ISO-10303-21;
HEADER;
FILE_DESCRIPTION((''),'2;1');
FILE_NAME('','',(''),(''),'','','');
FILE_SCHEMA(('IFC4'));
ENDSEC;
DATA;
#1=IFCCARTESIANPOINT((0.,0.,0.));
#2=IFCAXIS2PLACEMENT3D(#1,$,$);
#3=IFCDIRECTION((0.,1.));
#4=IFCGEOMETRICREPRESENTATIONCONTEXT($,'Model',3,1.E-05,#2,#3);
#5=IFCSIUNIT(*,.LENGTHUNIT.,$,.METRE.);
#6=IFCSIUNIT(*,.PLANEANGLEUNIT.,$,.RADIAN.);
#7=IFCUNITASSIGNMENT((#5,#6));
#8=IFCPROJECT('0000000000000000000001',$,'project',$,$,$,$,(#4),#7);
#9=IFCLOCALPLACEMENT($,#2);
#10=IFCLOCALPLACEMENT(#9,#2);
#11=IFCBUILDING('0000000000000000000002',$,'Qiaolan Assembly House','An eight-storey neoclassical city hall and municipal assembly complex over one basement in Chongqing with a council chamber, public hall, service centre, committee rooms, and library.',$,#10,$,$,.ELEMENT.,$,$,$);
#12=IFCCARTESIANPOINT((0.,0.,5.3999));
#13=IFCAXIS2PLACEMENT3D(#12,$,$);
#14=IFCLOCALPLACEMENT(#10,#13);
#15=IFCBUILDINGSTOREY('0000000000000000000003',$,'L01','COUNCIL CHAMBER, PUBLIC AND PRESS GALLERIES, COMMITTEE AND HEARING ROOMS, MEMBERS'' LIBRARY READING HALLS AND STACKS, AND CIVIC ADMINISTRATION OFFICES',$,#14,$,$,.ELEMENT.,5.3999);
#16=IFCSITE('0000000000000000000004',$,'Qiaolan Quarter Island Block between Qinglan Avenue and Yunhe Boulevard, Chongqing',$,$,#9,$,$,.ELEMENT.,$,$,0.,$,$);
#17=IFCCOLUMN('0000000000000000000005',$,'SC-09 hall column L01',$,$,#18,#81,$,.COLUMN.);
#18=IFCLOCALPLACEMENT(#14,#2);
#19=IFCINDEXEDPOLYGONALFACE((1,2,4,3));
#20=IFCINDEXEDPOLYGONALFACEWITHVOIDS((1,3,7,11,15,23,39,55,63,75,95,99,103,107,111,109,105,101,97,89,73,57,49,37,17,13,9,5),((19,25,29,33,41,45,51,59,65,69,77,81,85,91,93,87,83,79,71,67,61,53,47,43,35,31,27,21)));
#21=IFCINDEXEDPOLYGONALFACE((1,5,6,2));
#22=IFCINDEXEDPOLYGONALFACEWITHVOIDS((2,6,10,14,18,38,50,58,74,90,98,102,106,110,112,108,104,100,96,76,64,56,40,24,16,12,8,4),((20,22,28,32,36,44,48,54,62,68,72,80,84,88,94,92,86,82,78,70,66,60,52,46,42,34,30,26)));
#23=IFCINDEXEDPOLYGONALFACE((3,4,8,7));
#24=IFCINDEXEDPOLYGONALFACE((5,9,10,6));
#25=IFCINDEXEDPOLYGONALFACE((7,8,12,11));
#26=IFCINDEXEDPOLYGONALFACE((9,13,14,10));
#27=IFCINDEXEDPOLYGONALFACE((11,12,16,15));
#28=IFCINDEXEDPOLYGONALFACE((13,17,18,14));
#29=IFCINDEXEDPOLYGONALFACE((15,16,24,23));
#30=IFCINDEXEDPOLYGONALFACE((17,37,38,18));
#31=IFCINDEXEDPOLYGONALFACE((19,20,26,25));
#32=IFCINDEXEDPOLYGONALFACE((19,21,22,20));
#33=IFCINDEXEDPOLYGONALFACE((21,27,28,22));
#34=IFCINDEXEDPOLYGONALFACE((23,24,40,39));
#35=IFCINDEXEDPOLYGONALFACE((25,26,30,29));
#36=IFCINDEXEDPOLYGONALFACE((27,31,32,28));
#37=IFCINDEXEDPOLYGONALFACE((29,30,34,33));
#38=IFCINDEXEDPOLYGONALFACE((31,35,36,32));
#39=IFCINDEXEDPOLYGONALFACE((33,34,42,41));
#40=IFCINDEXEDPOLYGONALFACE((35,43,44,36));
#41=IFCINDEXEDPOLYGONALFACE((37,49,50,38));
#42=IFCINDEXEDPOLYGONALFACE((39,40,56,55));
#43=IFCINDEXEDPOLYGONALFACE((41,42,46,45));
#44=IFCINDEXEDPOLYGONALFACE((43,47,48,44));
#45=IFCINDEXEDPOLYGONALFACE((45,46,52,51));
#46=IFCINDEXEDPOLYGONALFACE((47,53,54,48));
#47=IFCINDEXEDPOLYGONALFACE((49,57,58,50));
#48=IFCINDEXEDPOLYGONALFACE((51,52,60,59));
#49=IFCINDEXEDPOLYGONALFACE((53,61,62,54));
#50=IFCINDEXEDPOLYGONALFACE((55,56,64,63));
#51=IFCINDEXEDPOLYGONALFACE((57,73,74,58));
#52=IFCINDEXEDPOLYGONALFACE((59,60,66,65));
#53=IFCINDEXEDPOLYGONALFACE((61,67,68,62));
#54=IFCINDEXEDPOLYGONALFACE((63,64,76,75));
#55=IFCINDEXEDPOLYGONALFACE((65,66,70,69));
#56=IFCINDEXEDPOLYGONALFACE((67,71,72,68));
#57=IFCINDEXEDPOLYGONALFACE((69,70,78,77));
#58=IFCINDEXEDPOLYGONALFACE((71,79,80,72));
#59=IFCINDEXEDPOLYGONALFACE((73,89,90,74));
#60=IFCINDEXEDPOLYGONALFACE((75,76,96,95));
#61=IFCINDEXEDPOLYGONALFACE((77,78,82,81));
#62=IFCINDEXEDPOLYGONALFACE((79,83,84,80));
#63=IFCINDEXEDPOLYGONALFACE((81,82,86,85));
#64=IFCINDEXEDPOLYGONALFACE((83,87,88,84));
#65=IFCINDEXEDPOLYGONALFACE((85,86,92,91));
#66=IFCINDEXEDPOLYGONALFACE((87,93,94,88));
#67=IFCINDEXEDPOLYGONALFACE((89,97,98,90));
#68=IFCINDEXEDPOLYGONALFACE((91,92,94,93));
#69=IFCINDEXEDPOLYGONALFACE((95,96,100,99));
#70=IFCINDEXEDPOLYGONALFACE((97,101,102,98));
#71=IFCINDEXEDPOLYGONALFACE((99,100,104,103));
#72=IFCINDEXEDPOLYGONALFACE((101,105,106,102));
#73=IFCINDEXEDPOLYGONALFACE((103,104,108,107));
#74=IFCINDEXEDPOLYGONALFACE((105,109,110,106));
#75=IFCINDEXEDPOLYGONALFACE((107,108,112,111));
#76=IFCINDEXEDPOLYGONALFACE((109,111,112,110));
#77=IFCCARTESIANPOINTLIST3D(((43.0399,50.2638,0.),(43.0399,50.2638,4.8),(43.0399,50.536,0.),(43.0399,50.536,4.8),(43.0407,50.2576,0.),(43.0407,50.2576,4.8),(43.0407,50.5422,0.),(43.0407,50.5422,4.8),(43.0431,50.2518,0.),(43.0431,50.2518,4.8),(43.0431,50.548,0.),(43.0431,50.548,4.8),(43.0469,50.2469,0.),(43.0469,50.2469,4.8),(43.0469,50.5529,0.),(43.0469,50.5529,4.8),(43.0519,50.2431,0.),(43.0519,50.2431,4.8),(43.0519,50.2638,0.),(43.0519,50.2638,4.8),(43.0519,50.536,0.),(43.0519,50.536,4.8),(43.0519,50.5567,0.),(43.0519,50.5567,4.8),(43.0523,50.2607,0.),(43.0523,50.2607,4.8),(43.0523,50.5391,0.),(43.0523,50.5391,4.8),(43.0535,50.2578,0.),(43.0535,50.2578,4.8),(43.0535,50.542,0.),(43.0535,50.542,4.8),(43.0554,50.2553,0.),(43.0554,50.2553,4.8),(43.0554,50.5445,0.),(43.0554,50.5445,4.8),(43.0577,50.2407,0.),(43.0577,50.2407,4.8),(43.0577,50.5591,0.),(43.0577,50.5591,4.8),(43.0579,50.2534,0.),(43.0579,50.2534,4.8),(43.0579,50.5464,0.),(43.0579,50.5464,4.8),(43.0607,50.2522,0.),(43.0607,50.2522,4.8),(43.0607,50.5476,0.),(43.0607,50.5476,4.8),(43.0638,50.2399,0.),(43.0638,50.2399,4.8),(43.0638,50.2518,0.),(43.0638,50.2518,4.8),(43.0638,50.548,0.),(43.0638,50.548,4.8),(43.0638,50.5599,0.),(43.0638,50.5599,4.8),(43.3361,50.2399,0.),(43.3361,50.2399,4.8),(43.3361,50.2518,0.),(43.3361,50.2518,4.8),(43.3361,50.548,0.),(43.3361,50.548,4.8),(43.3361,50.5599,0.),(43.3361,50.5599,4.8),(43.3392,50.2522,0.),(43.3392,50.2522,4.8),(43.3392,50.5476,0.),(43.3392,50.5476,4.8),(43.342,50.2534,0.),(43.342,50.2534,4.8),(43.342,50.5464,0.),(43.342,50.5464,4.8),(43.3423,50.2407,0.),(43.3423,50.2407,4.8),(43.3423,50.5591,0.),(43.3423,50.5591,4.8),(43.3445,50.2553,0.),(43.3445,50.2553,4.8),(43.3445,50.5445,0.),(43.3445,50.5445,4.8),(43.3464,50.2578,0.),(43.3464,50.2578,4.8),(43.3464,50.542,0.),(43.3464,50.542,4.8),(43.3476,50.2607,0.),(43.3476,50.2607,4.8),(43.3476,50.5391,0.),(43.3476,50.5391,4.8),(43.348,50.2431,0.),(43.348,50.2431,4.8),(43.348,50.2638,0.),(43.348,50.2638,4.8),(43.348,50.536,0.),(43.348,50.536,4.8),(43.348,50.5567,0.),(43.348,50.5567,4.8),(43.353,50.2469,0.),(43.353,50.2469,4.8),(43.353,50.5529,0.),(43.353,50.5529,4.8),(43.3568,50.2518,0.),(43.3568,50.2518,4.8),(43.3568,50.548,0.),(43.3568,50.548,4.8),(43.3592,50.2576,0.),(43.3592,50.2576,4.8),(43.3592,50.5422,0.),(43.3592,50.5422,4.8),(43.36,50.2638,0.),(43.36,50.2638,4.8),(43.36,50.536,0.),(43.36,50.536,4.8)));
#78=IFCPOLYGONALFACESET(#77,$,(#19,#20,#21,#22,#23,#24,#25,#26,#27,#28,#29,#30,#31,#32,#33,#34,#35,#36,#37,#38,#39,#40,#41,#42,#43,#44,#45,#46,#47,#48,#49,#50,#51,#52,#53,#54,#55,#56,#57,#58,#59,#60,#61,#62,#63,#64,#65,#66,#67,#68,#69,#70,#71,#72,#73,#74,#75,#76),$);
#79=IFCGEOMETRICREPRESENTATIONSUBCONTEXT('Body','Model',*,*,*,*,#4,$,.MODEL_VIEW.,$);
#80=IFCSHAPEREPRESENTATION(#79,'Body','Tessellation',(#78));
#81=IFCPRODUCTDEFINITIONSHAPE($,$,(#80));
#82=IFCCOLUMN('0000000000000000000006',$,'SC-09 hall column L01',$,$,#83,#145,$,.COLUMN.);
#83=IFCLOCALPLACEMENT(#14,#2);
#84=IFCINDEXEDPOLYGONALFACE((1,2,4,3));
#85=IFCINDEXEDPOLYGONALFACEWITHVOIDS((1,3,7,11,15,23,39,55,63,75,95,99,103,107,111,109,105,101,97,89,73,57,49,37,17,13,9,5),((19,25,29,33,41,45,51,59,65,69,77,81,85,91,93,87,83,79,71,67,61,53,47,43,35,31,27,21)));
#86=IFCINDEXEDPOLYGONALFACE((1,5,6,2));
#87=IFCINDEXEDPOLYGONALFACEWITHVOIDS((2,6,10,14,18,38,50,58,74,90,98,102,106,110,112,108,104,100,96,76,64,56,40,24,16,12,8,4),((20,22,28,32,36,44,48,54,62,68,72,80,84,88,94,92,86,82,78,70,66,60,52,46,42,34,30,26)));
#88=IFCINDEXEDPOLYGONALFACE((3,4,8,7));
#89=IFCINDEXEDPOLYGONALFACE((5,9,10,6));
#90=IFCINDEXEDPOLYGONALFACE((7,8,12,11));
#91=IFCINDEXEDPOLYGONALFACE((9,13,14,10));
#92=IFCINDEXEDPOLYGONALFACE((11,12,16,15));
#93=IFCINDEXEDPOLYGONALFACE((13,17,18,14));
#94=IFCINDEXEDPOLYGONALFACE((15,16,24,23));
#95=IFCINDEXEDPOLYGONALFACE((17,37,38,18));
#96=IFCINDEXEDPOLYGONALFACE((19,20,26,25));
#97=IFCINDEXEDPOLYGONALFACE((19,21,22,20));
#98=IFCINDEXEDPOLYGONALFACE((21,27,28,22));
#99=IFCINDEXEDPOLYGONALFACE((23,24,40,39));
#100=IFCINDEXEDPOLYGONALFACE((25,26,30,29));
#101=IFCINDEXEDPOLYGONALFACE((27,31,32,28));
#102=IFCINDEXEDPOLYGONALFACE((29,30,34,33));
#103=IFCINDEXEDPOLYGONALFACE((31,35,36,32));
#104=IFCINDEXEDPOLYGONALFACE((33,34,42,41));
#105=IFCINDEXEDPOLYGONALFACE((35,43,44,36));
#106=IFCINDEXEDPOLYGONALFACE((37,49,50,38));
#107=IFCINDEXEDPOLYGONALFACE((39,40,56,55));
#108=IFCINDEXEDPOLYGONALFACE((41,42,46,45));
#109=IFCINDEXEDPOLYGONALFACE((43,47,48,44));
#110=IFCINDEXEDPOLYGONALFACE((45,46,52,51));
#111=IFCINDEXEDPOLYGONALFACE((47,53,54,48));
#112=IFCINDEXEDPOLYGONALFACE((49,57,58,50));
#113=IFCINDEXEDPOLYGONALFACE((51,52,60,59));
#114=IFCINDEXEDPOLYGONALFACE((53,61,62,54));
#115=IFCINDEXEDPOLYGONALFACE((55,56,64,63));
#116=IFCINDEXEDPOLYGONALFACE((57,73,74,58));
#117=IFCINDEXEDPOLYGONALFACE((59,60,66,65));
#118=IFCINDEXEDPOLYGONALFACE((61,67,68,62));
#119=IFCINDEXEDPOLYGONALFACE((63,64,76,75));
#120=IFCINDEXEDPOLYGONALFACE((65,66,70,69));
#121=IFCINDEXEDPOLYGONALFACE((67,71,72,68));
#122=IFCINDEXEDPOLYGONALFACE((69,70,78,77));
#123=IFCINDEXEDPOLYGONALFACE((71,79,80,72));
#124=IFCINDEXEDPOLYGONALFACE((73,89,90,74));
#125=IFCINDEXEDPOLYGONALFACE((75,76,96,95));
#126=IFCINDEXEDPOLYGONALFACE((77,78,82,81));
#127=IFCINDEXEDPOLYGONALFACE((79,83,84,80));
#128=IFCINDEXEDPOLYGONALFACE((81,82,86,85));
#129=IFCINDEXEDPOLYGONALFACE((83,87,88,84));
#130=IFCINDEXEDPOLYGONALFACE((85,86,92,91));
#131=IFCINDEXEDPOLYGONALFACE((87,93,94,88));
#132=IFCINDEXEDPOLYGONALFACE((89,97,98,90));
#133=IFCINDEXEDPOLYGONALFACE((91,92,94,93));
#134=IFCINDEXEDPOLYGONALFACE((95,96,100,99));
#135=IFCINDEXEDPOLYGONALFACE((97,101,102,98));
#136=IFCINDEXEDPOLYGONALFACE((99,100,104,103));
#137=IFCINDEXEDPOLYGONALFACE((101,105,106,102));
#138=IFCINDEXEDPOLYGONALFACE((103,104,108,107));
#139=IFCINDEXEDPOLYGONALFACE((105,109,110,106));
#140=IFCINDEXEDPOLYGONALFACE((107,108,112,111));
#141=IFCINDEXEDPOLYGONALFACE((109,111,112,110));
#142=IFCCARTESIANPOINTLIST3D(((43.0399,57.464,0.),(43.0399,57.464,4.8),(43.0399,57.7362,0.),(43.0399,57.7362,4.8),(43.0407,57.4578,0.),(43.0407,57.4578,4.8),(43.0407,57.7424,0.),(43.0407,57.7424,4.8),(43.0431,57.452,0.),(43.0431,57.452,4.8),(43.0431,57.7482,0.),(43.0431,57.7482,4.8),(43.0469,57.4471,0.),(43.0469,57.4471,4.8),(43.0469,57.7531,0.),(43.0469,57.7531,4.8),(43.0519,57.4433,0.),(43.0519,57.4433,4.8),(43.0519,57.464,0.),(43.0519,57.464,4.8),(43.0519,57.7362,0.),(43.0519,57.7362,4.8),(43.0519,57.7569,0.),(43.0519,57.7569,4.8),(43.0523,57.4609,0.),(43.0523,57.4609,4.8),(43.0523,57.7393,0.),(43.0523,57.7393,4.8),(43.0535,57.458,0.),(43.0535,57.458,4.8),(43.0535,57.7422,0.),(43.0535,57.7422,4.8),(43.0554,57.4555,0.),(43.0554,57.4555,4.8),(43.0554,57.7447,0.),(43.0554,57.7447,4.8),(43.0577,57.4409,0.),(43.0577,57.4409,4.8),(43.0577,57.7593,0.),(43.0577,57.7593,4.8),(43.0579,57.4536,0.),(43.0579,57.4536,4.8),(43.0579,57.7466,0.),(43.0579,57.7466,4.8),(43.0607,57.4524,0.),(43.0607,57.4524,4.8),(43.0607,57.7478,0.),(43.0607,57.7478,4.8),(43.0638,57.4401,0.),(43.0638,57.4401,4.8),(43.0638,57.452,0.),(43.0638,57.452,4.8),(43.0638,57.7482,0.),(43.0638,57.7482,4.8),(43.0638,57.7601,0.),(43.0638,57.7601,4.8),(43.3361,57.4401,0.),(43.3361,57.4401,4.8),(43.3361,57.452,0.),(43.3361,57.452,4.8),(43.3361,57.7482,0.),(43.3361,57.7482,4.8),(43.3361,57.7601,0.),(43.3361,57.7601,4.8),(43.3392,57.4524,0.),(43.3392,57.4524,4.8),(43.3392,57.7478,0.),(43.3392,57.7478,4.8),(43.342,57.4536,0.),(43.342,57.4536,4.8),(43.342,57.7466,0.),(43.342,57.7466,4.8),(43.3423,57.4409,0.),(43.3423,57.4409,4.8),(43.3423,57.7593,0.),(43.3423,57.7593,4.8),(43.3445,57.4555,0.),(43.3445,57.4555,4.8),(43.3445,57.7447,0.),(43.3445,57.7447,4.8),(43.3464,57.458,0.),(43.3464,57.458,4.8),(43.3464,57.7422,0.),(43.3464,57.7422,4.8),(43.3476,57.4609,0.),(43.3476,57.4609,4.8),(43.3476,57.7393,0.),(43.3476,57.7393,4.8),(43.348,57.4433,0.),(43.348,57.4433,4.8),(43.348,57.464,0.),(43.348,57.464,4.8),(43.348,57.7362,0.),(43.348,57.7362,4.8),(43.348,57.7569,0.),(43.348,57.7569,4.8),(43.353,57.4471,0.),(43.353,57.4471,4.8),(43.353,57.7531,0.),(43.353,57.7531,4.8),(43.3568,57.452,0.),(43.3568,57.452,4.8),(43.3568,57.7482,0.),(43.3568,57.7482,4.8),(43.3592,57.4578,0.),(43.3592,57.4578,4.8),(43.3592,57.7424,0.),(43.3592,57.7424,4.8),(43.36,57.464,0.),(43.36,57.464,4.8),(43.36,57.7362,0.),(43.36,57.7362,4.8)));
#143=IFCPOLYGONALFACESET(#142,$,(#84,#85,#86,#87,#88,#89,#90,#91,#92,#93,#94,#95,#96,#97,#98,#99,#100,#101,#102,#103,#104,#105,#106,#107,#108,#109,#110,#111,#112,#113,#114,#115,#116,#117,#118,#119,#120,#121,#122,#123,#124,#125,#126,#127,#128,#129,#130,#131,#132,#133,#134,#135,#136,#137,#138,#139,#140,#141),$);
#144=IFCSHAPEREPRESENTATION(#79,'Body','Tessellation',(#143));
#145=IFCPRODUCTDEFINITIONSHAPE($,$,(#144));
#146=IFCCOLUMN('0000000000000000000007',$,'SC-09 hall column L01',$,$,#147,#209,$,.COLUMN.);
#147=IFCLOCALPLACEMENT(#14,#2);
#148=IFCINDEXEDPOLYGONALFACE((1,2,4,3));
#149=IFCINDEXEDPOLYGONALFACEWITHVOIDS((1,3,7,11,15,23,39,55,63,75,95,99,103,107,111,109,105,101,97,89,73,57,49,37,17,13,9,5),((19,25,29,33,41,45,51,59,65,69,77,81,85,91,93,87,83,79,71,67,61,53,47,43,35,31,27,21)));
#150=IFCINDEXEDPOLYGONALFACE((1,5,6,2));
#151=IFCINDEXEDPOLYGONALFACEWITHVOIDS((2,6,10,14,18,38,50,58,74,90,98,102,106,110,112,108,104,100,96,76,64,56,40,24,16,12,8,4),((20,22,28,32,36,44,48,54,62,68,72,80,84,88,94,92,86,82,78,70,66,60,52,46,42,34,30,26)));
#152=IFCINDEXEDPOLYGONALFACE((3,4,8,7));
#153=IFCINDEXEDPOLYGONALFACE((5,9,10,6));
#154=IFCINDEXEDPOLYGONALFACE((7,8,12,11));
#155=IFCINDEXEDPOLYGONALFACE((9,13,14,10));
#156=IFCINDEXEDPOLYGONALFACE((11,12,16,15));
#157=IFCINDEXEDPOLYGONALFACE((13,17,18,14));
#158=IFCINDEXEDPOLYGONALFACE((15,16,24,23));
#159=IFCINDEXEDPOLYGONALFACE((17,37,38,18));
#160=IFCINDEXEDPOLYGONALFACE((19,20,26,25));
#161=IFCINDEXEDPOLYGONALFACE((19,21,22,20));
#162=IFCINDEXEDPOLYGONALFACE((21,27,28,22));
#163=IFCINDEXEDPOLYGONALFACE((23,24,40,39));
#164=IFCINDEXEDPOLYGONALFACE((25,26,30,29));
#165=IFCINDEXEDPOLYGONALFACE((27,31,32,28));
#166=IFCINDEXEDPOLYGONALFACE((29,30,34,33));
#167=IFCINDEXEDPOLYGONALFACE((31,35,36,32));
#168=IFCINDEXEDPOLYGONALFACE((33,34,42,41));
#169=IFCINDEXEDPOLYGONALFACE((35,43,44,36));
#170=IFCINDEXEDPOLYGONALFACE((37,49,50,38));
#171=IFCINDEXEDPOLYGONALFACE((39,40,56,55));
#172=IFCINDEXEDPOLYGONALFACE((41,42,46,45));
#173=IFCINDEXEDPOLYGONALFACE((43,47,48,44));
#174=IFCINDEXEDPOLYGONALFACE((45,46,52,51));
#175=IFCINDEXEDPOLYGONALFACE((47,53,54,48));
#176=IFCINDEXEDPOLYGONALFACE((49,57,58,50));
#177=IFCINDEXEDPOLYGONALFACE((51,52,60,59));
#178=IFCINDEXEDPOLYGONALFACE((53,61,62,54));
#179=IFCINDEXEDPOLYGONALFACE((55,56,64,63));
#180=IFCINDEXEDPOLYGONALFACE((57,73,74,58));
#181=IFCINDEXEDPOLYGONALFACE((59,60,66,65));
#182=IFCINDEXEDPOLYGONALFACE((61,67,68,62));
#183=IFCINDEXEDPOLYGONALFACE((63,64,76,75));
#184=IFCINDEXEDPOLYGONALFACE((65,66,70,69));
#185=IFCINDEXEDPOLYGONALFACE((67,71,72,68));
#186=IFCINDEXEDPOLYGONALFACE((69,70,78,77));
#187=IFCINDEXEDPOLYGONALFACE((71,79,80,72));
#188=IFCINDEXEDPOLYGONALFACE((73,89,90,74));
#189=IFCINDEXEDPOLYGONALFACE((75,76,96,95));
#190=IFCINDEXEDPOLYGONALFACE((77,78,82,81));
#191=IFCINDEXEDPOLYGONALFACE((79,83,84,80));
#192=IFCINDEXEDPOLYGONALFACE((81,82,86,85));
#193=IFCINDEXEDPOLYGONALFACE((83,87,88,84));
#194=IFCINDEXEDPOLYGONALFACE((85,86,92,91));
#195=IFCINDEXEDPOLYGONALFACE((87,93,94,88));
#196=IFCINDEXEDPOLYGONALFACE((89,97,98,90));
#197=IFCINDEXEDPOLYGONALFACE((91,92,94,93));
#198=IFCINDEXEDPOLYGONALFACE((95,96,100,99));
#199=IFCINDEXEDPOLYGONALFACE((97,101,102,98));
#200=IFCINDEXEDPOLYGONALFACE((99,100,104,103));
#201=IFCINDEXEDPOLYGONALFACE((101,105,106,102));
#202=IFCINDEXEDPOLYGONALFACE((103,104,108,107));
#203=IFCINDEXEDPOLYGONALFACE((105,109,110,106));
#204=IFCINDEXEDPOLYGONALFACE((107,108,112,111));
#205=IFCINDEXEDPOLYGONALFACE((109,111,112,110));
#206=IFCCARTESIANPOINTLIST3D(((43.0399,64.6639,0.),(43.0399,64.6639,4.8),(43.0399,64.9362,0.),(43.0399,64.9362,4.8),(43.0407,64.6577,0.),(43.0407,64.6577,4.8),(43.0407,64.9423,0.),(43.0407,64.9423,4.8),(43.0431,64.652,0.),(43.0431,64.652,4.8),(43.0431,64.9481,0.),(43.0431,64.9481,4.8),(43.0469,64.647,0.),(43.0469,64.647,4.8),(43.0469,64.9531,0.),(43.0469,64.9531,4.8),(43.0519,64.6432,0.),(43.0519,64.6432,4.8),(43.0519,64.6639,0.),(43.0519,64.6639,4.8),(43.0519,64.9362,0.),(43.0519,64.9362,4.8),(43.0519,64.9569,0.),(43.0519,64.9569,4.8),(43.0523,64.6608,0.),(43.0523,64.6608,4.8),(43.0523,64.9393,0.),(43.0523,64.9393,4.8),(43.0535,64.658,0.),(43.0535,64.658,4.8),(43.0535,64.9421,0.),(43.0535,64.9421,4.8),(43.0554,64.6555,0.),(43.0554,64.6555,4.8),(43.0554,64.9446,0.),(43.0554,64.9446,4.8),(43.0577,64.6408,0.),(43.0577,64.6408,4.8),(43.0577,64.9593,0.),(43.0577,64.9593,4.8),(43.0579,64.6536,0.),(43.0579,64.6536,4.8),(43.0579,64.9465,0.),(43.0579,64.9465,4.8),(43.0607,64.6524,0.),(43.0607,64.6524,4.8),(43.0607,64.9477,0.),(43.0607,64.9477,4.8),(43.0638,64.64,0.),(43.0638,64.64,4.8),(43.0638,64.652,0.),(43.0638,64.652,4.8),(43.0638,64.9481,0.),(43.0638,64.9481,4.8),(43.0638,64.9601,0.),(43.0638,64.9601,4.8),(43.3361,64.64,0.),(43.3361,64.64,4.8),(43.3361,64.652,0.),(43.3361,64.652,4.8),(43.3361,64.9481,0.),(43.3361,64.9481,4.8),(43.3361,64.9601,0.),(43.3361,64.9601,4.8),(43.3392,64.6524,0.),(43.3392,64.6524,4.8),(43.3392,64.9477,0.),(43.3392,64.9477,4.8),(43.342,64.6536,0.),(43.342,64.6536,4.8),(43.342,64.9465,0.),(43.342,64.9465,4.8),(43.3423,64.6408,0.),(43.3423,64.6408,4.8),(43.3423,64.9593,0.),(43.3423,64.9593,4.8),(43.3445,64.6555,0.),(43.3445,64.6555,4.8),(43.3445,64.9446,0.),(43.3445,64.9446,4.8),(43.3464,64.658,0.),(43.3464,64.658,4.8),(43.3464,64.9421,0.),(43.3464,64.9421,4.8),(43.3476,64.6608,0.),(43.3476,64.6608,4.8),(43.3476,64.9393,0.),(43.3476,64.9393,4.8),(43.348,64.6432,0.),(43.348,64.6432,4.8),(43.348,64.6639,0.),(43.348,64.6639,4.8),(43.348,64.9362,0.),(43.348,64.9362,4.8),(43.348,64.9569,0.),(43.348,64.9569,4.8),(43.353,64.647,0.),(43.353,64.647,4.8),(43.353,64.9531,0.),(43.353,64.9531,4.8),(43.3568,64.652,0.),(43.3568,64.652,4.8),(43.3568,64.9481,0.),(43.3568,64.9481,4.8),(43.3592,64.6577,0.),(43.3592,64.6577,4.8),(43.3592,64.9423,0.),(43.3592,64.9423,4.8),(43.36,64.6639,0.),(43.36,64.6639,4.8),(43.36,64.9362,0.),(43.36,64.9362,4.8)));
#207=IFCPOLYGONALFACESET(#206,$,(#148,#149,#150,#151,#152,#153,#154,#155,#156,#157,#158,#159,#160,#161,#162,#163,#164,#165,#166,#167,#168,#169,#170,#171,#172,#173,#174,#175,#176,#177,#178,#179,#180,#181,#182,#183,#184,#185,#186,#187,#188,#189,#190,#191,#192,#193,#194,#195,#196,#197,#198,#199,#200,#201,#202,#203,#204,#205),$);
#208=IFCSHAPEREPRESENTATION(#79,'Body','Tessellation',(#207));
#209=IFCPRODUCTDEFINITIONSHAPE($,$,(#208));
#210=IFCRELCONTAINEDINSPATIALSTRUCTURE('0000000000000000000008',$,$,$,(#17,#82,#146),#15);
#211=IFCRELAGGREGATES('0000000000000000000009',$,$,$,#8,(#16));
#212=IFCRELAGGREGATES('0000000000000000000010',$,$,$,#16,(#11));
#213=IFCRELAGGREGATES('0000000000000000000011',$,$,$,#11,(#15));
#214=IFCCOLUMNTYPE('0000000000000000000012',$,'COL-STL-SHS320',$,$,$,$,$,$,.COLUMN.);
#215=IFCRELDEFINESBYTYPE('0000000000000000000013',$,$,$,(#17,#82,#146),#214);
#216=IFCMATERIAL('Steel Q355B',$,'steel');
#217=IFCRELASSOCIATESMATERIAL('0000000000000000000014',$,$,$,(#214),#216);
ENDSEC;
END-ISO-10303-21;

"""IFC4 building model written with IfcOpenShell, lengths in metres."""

from ifc_helpers import new_model, si_unit, direction, frame, origin, origin_2d, place, context, subcontext, project, spatial, hollow_rectangle, extrude, material, material_profile, profile_set, type_object, element, save


model = new_model("IFC4")

# Units and contexts
model_context = context("Model", 3, precision=1e-05, world=origin(), true_north=direction((0.0, 1.0)))
body_context = subcontext(model_context, "Body", "Model", "MODEL_VIEW")
ifc_project = project(units=[si_unit("LENGTHUNIT", "METRE"), si_unit("PLANEANGLEUNIT", "RADIAN")], contexts=[model_context])

# Site, building, storey
site_placement = place(None, origin())
site = spatial("IfcSite", under=ifc_project, at=site_placement, Name="Qiaolan Quarter Island Block between Qinglan Avenue and Yunhe Boulevard, Chongqing", CompositionType="ELEMENT", RefElevation=0.0)
building_placement = place(site_placement, origin())
building = spatial("IfcBuilding", under=site, at=building_placement, Name="Qiaolan Assembly House", Description="An eight-storey neoclassical city hall and municipal assembly complex over one basement in Chongqing with a council chamber, public hall, service centre, committee rooms, and library.", CompositionType="ELEMENT")
storey_placement = place(building_placement, frame((0.0, 0.0, 5.3999)))
storey = spatial("IfcBuildingStorey", under=building, at=storey_placement, Name="L01", Description="COUNCIL CHAMBER, PUBLIC AND PRESS GALLERIES, COMMITTEE AND HEARING ROOMS, MEMBERS' LIBRARY READING HALLS AND STACKS, AND CIVIC ADMINISTRATION OFFICES", CompositionType="ELEMENT", Elevation=5.3999)

# Columns
ifc_material_1 = material(Name="Steel Q355B", Category="steel")
ifc_material_profile_1 = material_profile(ifc_material_1, hollow_rectangle(XDim=0.3201, YDim=0.3201, WallThickness=0.012, InnerFilletRadius=0.012, OuterFilletRadius=0.0239, at=origin_2d()), Name="SHS 320x320x12")
ifc_profile_set_1 = profile_set([ifc_material_profile_1], Name="Steel Q355B")
column_type = type_object("IfcColumnType", Name="COL-STL-SHS320", PredefinedType="COLUMN", material=ifc_profile_set_1)
for number, where, z_axis, x_axis, name in (
    (1, (43.2, 50.3999, 0.0), (0.0, 0.0, 1.0), (1.0, 0.0, 0.0), "SC-09 hall column L01"),
    (2, (43.2, 57.6001, 0.0), (0.0, 0.0, 1.0), (1.0, 0.0, 0.0), "SC-09 hall column L01"),
    (3, (43.2, 64.8, 0.0), (0.0, 0.0, 1.0), (1.0, 0.0, 0.0), "SC-09 hall column L01"),
):
    element("IfcColumn", number, at=place(storey_placement, frame(where, z_axis=z_axis, x_axis=x_axis)), inside=storey, type_object=column_type, Name=name, PredefinedType="COLUMN", context=body_context, shape_type="SweptSolid", body=[
        extrude(hollow_rectangle(XDim=0.3201, YDim=0.3201, WallThickness=0.012, InnerFilletRadius=0.012, OuterFilletRadius=0.0239, at=origin_2d()), origin(), (0.0, 0.0, 1.0), 4.8),
    ])

save(model, "model.ifc")
